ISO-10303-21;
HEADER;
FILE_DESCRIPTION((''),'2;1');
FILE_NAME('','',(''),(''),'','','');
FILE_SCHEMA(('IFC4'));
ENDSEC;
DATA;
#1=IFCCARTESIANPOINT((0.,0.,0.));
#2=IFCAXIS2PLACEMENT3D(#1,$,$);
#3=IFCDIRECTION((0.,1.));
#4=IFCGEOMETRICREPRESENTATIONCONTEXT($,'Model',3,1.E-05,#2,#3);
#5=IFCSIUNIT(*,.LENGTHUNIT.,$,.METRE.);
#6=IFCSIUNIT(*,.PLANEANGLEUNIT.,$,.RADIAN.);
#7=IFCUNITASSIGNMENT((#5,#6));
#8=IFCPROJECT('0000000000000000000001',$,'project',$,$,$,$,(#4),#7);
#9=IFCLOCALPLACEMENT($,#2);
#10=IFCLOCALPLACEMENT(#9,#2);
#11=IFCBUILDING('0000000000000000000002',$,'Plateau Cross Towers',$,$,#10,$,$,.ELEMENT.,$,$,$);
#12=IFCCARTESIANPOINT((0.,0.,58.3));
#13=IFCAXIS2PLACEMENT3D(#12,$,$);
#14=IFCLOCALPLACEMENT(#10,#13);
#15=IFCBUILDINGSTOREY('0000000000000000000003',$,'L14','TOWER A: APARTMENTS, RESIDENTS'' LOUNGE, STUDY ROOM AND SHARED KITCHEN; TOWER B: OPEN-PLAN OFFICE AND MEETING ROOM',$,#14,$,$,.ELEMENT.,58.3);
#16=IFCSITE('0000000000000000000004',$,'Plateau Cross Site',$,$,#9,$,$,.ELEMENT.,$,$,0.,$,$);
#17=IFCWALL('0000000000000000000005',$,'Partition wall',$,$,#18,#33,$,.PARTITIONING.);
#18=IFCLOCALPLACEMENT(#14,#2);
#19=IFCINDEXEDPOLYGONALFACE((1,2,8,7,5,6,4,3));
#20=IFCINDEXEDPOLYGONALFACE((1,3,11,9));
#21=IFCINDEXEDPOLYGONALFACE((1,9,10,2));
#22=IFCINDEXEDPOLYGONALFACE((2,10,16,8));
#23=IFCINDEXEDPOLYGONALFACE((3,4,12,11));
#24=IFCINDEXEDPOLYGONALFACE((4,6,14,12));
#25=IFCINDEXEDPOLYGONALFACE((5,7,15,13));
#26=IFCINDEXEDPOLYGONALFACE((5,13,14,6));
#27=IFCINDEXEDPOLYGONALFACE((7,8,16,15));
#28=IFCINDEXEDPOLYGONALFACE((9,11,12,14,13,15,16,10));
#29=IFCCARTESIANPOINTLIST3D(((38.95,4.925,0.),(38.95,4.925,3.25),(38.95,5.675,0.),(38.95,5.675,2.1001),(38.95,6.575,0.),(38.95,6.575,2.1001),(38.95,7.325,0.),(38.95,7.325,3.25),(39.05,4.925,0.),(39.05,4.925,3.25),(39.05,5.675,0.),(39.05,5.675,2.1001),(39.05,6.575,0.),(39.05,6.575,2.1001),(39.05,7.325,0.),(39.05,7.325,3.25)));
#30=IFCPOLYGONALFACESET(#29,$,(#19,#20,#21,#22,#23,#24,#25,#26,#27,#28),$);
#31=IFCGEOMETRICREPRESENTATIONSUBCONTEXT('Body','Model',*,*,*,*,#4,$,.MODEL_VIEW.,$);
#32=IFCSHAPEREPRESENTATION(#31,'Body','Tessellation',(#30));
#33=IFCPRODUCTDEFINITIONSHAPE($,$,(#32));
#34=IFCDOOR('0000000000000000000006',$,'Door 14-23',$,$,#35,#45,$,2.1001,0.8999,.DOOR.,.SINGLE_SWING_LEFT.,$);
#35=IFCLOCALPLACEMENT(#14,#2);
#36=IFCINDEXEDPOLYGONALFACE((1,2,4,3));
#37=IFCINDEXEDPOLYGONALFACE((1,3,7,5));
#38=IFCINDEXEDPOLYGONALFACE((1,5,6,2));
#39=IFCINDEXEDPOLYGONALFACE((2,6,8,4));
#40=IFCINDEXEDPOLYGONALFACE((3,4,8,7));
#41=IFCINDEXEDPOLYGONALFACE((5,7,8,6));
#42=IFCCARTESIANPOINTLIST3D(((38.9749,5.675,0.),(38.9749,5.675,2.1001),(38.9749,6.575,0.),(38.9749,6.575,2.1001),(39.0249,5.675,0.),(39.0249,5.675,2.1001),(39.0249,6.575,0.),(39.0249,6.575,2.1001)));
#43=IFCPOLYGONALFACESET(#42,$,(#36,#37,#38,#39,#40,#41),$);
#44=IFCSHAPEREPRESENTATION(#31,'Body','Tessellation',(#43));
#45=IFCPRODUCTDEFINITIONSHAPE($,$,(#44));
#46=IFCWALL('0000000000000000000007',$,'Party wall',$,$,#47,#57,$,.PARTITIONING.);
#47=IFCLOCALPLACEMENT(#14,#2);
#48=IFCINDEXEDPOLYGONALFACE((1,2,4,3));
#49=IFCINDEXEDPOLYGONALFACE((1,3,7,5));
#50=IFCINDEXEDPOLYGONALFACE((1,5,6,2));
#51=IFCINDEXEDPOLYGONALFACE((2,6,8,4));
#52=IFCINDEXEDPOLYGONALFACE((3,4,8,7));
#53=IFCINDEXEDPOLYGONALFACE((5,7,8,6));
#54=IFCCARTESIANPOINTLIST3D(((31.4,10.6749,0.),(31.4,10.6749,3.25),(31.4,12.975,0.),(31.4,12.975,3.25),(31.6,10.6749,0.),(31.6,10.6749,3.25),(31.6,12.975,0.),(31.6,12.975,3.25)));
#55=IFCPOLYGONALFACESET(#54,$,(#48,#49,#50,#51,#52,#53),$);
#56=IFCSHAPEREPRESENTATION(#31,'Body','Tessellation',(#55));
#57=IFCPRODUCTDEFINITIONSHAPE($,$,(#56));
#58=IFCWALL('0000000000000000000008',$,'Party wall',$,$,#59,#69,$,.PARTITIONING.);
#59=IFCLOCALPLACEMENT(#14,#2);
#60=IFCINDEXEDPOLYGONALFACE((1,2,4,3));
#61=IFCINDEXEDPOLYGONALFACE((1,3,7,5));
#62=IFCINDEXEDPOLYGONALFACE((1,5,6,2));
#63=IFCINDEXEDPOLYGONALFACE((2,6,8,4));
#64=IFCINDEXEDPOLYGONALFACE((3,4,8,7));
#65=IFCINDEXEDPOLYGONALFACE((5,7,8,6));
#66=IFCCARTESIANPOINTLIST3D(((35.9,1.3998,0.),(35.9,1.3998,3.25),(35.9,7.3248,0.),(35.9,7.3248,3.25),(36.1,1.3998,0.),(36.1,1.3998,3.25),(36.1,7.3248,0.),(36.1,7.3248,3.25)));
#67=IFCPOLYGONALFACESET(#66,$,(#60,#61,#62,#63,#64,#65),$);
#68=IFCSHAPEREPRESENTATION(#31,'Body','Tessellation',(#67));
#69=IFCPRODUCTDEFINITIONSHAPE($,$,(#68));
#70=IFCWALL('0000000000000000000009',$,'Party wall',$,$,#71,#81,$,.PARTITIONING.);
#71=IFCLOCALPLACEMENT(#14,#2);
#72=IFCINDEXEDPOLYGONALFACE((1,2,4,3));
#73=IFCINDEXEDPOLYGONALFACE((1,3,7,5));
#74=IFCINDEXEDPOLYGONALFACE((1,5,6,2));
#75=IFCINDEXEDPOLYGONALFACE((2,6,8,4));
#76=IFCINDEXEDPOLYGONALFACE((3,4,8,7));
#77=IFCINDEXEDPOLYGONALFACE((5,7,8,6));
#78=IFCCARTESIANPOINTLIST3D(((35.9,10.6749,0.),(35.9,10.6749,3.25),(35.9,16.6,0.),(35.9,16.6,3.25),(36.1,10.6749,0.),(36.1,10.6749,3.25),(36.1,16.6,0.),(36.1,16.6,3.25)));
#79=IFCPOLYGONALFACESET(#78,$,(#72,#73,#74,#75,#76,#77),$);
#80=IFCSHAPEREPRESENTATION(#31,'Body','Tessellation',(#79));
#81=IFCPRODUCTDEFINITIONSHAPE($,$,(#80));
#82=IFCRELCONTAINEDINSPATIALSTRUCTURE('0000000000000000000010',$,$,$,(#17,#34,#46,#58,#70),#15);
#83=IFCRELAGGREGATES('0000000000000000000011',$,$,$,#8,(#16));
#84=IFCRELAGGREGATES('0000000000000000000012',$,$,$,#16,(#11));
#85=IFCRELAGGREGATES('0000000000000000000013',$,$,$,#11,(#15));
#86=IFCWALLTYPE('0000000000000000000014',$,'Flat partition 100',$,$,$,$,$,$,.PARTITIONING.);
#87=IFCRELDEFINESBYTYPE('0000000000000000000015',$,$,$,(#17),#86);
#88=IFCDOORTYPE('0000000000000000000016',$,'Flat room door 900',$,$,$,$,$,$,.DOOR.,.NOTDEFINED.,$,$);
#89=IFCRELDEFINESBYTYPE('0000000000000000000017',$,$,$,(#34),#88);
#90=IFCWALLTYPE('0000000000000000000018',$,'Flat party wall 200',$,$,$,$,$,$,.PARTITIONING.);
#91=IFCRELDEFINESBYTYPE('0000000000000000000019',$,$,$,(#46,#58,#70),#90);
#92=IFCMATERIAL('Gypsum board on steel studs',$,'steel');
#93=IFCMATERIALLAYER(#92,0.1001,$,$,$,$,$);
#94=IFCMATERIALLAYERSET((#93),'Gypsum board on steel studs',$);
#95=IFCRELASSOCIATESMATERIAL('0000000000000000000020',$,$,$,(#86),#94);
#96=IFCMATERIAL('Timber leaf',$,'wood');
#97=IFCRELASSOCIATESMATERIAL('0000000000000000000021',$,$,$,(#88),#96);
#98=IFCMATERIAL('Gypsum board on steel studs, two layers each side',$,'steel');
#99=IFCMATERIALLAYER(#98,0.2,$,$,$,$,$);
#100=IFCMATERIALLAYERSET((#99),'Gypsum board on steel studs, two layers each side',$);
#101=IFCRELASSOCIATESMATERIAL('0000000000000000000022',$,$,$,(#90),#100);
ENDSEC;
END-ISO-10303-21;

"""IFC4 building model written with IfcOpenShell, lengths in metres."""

from ifc_helpers import new_model, si_unit, direction, frame, frame_2d, origin, place, context, subcontext, project, spatial, rectangle, extrude, material, layer, layer_set, type_object, element, fill, save


model = new_model("IFC4")

# Units and contexts
model_context = context("Model", 3, precision=1e-05, world=origin(), true_north=direction((0.0, 1.0)))
body_context = subcontext(model_context, "Body", "Model", "MODEL_VIEW")
ifc_project = project(units=[si_unit("LENGTHUNIT", "METRE"), si_unit("PLANEANGLEUNIT", "RADIAN")], contexts=[model_context])

# Site, building, storey
site_placement = place(None, origin())
site = spatial("IfcSite", under=ifc_project, at=site_placement, Name="Plateau Cross Site", CompositionType="ELEMENT", RefElevation=0.0)
building_placement = place(site_placement, origin())
building = spatial("IfcBuilding", under=site, at=building_placement, Name="Plateau Cross Towers", CompositionType="ELEMENT")
storey_placement = place(building_placement, frame((0.0, 0.0, 58.3)))
storey = spatial("IfcBuildingStorey", under=building, at=storey_placement, Name="L14", Description="TOWER A: APARTMENTS, RESIDENTS' LOUNGE, STUDY ROOM AND SHARED KITCHEN; TOWER B: OPEN-PLAN OFFICE AND MEETING ROOM", CompositionType="ELEMENT", Elevation=58.3)

# Shared definitions
ifc_material_1 = material(Name="Gypsum board on steel studs", Category="steel")
ifc_layer_1 = layer(ifc_material_1, 0.1001)
ifc_layer_set_1 = layer_set([ifc_layer_1], Name="Gypsum board on steel studs")
wall_type_1 = type_object("IfcWallType", Name="Flat partition 100", PredefinedType="PARTITIONING", material=ifc_layer_set_1)

# Wall, opening, door
ifc_material_2 = material(Name="Timber leaf", Category="wood")
door_type = type_object("IfcDoorType", Name="Flat room door 900", OperationType="NOTDEFINED", PredefinedType="DOOR", material=ifc_material_2)
wall_1_placement = place(storey_placement, frame((39.0, 7.325, 0.0), z_axis=(0.0, 0.0, 1.0), x_axis=(0.0, -1.0, 0.0)))
wall_1 = element("IfcWall", 1, at=wall_1_placement, inside=storey, type_object=wall_type_1, Name="Partition wall", PredefinedType="PARTITIONING", context=body_context, shape_type="SweptSolid", body=[
    extrude(rectangle(XDim=2.3999, YDim=0.1001, at=frame_2d((1.2, 0.0))), origin(), (0.0, 0.0, 1.0), 3.25),
])
opening_1_placement = place(wall_1_placement, frame((0.75, 0.0, 0.0)))
opening_1 = element("IfcOpeningElement", 2, at=opening_1_placement, cuts=wall_1, PredefinedType="OPENING", context=body_context, shape_type="SweptSolid", body=[
    extrude(rectangle(XDim=0.8999, YDim=2.1001, at=frame_2d((0.45, 1.05))), frame((0.0, 0.0601, 0.0), z_axis=(0.0, -1.0, 0.0), x_axis=(1.0, 0.0, 0.0)), (0.0, 0.0, 1.0), 0.1201),
])
door_1_placement = place(opening_1_placement, origin())
door_1 = element("IfcDoor", 3, at=door_1_placement, inside=storey, type_object=door_type, Name="Door 14-23", OperationType="SINGLE_SWING_LEFT", OverallHeight=2.1001, OverallWidth=0.8999, PredefinedType="DOOR", context=body_context, shape_type="SweptSolid", body=[
    extrude(rectangle(XDim=0.8999, YDim=2.1001, at=frame_2d((0.45, 1.05))), frame((0.0, 0.0249, 0.0), z_axis=(0.0, -1.0, 0.0), x_axis=(1.0, 0.0, 0.0)), (0.0, 0.0, 1.0), 0.05),
])
fill(opening_1, door_1)

# Walls
ifc_material_3 = material(Name="Gypsum board on steel studs, two layers each side", Category="steel")
ifc_layer_2 = layer(ifc_material_3, 0.2)
ifc_layer_set_2 = layer_set([ifc_layer_2], Name="Gypsum board on steel studs, two layers each side")
wall_type_2 = type_object("IfcWallType", Name="Flat party wall 200", PredefinedType="PARTITIONING", material=ifc_layer_set_2)
wall_2_placement = place(storey_placement, frame((31.5, 10.675, 0.0), z_axis=(0.0, 0.0, 1.0), x_axis=(0.0, 1.0, 0.0)))
element("IfcWall", 4, at=wall_2_placement, inside=storey, type_object=wall_type_2, Name="Party wall", PredefinedType="PARTITIONING", context=body_context, shape_type="SweptSolid", body=[
    extrude(rectangle(XDim=2.3, YDim=0.2, at=frame_2d((1.1499, 0.0))), origin(), (0.0, 0.0, 1.0), 3.25),
])
for number, where, z_axis, x_axis, name in (
    (5, (36.0, 1.3999, 0.0), (0.0, 0.0, 1.0), (0.0, 1.0, 0.0), "Party wall"),
    (6, (36.0, 10.675, 0.0), (0.0, 0.0, 1.0), (0.0, 1.0, 0.0), "Party wall"),
):
    element("IfcWall", number, at=place(storey_placement, frame(where, z_axis=z_axis, x_axis=x_axis)), inside=storey, type_object=wall_type_2, Name=name, PredefinedType="PARTITIONING", context=body_context, shape_type="SweptSolid", body=[
        extrude(rectangle(XDim=5.925, YDim=0.2, at=frame_2d((2.9624, 0.0))), origin(), (0.0, 0.0, 1.0), 3.25),
    ])

save(model, "model.ifc")
